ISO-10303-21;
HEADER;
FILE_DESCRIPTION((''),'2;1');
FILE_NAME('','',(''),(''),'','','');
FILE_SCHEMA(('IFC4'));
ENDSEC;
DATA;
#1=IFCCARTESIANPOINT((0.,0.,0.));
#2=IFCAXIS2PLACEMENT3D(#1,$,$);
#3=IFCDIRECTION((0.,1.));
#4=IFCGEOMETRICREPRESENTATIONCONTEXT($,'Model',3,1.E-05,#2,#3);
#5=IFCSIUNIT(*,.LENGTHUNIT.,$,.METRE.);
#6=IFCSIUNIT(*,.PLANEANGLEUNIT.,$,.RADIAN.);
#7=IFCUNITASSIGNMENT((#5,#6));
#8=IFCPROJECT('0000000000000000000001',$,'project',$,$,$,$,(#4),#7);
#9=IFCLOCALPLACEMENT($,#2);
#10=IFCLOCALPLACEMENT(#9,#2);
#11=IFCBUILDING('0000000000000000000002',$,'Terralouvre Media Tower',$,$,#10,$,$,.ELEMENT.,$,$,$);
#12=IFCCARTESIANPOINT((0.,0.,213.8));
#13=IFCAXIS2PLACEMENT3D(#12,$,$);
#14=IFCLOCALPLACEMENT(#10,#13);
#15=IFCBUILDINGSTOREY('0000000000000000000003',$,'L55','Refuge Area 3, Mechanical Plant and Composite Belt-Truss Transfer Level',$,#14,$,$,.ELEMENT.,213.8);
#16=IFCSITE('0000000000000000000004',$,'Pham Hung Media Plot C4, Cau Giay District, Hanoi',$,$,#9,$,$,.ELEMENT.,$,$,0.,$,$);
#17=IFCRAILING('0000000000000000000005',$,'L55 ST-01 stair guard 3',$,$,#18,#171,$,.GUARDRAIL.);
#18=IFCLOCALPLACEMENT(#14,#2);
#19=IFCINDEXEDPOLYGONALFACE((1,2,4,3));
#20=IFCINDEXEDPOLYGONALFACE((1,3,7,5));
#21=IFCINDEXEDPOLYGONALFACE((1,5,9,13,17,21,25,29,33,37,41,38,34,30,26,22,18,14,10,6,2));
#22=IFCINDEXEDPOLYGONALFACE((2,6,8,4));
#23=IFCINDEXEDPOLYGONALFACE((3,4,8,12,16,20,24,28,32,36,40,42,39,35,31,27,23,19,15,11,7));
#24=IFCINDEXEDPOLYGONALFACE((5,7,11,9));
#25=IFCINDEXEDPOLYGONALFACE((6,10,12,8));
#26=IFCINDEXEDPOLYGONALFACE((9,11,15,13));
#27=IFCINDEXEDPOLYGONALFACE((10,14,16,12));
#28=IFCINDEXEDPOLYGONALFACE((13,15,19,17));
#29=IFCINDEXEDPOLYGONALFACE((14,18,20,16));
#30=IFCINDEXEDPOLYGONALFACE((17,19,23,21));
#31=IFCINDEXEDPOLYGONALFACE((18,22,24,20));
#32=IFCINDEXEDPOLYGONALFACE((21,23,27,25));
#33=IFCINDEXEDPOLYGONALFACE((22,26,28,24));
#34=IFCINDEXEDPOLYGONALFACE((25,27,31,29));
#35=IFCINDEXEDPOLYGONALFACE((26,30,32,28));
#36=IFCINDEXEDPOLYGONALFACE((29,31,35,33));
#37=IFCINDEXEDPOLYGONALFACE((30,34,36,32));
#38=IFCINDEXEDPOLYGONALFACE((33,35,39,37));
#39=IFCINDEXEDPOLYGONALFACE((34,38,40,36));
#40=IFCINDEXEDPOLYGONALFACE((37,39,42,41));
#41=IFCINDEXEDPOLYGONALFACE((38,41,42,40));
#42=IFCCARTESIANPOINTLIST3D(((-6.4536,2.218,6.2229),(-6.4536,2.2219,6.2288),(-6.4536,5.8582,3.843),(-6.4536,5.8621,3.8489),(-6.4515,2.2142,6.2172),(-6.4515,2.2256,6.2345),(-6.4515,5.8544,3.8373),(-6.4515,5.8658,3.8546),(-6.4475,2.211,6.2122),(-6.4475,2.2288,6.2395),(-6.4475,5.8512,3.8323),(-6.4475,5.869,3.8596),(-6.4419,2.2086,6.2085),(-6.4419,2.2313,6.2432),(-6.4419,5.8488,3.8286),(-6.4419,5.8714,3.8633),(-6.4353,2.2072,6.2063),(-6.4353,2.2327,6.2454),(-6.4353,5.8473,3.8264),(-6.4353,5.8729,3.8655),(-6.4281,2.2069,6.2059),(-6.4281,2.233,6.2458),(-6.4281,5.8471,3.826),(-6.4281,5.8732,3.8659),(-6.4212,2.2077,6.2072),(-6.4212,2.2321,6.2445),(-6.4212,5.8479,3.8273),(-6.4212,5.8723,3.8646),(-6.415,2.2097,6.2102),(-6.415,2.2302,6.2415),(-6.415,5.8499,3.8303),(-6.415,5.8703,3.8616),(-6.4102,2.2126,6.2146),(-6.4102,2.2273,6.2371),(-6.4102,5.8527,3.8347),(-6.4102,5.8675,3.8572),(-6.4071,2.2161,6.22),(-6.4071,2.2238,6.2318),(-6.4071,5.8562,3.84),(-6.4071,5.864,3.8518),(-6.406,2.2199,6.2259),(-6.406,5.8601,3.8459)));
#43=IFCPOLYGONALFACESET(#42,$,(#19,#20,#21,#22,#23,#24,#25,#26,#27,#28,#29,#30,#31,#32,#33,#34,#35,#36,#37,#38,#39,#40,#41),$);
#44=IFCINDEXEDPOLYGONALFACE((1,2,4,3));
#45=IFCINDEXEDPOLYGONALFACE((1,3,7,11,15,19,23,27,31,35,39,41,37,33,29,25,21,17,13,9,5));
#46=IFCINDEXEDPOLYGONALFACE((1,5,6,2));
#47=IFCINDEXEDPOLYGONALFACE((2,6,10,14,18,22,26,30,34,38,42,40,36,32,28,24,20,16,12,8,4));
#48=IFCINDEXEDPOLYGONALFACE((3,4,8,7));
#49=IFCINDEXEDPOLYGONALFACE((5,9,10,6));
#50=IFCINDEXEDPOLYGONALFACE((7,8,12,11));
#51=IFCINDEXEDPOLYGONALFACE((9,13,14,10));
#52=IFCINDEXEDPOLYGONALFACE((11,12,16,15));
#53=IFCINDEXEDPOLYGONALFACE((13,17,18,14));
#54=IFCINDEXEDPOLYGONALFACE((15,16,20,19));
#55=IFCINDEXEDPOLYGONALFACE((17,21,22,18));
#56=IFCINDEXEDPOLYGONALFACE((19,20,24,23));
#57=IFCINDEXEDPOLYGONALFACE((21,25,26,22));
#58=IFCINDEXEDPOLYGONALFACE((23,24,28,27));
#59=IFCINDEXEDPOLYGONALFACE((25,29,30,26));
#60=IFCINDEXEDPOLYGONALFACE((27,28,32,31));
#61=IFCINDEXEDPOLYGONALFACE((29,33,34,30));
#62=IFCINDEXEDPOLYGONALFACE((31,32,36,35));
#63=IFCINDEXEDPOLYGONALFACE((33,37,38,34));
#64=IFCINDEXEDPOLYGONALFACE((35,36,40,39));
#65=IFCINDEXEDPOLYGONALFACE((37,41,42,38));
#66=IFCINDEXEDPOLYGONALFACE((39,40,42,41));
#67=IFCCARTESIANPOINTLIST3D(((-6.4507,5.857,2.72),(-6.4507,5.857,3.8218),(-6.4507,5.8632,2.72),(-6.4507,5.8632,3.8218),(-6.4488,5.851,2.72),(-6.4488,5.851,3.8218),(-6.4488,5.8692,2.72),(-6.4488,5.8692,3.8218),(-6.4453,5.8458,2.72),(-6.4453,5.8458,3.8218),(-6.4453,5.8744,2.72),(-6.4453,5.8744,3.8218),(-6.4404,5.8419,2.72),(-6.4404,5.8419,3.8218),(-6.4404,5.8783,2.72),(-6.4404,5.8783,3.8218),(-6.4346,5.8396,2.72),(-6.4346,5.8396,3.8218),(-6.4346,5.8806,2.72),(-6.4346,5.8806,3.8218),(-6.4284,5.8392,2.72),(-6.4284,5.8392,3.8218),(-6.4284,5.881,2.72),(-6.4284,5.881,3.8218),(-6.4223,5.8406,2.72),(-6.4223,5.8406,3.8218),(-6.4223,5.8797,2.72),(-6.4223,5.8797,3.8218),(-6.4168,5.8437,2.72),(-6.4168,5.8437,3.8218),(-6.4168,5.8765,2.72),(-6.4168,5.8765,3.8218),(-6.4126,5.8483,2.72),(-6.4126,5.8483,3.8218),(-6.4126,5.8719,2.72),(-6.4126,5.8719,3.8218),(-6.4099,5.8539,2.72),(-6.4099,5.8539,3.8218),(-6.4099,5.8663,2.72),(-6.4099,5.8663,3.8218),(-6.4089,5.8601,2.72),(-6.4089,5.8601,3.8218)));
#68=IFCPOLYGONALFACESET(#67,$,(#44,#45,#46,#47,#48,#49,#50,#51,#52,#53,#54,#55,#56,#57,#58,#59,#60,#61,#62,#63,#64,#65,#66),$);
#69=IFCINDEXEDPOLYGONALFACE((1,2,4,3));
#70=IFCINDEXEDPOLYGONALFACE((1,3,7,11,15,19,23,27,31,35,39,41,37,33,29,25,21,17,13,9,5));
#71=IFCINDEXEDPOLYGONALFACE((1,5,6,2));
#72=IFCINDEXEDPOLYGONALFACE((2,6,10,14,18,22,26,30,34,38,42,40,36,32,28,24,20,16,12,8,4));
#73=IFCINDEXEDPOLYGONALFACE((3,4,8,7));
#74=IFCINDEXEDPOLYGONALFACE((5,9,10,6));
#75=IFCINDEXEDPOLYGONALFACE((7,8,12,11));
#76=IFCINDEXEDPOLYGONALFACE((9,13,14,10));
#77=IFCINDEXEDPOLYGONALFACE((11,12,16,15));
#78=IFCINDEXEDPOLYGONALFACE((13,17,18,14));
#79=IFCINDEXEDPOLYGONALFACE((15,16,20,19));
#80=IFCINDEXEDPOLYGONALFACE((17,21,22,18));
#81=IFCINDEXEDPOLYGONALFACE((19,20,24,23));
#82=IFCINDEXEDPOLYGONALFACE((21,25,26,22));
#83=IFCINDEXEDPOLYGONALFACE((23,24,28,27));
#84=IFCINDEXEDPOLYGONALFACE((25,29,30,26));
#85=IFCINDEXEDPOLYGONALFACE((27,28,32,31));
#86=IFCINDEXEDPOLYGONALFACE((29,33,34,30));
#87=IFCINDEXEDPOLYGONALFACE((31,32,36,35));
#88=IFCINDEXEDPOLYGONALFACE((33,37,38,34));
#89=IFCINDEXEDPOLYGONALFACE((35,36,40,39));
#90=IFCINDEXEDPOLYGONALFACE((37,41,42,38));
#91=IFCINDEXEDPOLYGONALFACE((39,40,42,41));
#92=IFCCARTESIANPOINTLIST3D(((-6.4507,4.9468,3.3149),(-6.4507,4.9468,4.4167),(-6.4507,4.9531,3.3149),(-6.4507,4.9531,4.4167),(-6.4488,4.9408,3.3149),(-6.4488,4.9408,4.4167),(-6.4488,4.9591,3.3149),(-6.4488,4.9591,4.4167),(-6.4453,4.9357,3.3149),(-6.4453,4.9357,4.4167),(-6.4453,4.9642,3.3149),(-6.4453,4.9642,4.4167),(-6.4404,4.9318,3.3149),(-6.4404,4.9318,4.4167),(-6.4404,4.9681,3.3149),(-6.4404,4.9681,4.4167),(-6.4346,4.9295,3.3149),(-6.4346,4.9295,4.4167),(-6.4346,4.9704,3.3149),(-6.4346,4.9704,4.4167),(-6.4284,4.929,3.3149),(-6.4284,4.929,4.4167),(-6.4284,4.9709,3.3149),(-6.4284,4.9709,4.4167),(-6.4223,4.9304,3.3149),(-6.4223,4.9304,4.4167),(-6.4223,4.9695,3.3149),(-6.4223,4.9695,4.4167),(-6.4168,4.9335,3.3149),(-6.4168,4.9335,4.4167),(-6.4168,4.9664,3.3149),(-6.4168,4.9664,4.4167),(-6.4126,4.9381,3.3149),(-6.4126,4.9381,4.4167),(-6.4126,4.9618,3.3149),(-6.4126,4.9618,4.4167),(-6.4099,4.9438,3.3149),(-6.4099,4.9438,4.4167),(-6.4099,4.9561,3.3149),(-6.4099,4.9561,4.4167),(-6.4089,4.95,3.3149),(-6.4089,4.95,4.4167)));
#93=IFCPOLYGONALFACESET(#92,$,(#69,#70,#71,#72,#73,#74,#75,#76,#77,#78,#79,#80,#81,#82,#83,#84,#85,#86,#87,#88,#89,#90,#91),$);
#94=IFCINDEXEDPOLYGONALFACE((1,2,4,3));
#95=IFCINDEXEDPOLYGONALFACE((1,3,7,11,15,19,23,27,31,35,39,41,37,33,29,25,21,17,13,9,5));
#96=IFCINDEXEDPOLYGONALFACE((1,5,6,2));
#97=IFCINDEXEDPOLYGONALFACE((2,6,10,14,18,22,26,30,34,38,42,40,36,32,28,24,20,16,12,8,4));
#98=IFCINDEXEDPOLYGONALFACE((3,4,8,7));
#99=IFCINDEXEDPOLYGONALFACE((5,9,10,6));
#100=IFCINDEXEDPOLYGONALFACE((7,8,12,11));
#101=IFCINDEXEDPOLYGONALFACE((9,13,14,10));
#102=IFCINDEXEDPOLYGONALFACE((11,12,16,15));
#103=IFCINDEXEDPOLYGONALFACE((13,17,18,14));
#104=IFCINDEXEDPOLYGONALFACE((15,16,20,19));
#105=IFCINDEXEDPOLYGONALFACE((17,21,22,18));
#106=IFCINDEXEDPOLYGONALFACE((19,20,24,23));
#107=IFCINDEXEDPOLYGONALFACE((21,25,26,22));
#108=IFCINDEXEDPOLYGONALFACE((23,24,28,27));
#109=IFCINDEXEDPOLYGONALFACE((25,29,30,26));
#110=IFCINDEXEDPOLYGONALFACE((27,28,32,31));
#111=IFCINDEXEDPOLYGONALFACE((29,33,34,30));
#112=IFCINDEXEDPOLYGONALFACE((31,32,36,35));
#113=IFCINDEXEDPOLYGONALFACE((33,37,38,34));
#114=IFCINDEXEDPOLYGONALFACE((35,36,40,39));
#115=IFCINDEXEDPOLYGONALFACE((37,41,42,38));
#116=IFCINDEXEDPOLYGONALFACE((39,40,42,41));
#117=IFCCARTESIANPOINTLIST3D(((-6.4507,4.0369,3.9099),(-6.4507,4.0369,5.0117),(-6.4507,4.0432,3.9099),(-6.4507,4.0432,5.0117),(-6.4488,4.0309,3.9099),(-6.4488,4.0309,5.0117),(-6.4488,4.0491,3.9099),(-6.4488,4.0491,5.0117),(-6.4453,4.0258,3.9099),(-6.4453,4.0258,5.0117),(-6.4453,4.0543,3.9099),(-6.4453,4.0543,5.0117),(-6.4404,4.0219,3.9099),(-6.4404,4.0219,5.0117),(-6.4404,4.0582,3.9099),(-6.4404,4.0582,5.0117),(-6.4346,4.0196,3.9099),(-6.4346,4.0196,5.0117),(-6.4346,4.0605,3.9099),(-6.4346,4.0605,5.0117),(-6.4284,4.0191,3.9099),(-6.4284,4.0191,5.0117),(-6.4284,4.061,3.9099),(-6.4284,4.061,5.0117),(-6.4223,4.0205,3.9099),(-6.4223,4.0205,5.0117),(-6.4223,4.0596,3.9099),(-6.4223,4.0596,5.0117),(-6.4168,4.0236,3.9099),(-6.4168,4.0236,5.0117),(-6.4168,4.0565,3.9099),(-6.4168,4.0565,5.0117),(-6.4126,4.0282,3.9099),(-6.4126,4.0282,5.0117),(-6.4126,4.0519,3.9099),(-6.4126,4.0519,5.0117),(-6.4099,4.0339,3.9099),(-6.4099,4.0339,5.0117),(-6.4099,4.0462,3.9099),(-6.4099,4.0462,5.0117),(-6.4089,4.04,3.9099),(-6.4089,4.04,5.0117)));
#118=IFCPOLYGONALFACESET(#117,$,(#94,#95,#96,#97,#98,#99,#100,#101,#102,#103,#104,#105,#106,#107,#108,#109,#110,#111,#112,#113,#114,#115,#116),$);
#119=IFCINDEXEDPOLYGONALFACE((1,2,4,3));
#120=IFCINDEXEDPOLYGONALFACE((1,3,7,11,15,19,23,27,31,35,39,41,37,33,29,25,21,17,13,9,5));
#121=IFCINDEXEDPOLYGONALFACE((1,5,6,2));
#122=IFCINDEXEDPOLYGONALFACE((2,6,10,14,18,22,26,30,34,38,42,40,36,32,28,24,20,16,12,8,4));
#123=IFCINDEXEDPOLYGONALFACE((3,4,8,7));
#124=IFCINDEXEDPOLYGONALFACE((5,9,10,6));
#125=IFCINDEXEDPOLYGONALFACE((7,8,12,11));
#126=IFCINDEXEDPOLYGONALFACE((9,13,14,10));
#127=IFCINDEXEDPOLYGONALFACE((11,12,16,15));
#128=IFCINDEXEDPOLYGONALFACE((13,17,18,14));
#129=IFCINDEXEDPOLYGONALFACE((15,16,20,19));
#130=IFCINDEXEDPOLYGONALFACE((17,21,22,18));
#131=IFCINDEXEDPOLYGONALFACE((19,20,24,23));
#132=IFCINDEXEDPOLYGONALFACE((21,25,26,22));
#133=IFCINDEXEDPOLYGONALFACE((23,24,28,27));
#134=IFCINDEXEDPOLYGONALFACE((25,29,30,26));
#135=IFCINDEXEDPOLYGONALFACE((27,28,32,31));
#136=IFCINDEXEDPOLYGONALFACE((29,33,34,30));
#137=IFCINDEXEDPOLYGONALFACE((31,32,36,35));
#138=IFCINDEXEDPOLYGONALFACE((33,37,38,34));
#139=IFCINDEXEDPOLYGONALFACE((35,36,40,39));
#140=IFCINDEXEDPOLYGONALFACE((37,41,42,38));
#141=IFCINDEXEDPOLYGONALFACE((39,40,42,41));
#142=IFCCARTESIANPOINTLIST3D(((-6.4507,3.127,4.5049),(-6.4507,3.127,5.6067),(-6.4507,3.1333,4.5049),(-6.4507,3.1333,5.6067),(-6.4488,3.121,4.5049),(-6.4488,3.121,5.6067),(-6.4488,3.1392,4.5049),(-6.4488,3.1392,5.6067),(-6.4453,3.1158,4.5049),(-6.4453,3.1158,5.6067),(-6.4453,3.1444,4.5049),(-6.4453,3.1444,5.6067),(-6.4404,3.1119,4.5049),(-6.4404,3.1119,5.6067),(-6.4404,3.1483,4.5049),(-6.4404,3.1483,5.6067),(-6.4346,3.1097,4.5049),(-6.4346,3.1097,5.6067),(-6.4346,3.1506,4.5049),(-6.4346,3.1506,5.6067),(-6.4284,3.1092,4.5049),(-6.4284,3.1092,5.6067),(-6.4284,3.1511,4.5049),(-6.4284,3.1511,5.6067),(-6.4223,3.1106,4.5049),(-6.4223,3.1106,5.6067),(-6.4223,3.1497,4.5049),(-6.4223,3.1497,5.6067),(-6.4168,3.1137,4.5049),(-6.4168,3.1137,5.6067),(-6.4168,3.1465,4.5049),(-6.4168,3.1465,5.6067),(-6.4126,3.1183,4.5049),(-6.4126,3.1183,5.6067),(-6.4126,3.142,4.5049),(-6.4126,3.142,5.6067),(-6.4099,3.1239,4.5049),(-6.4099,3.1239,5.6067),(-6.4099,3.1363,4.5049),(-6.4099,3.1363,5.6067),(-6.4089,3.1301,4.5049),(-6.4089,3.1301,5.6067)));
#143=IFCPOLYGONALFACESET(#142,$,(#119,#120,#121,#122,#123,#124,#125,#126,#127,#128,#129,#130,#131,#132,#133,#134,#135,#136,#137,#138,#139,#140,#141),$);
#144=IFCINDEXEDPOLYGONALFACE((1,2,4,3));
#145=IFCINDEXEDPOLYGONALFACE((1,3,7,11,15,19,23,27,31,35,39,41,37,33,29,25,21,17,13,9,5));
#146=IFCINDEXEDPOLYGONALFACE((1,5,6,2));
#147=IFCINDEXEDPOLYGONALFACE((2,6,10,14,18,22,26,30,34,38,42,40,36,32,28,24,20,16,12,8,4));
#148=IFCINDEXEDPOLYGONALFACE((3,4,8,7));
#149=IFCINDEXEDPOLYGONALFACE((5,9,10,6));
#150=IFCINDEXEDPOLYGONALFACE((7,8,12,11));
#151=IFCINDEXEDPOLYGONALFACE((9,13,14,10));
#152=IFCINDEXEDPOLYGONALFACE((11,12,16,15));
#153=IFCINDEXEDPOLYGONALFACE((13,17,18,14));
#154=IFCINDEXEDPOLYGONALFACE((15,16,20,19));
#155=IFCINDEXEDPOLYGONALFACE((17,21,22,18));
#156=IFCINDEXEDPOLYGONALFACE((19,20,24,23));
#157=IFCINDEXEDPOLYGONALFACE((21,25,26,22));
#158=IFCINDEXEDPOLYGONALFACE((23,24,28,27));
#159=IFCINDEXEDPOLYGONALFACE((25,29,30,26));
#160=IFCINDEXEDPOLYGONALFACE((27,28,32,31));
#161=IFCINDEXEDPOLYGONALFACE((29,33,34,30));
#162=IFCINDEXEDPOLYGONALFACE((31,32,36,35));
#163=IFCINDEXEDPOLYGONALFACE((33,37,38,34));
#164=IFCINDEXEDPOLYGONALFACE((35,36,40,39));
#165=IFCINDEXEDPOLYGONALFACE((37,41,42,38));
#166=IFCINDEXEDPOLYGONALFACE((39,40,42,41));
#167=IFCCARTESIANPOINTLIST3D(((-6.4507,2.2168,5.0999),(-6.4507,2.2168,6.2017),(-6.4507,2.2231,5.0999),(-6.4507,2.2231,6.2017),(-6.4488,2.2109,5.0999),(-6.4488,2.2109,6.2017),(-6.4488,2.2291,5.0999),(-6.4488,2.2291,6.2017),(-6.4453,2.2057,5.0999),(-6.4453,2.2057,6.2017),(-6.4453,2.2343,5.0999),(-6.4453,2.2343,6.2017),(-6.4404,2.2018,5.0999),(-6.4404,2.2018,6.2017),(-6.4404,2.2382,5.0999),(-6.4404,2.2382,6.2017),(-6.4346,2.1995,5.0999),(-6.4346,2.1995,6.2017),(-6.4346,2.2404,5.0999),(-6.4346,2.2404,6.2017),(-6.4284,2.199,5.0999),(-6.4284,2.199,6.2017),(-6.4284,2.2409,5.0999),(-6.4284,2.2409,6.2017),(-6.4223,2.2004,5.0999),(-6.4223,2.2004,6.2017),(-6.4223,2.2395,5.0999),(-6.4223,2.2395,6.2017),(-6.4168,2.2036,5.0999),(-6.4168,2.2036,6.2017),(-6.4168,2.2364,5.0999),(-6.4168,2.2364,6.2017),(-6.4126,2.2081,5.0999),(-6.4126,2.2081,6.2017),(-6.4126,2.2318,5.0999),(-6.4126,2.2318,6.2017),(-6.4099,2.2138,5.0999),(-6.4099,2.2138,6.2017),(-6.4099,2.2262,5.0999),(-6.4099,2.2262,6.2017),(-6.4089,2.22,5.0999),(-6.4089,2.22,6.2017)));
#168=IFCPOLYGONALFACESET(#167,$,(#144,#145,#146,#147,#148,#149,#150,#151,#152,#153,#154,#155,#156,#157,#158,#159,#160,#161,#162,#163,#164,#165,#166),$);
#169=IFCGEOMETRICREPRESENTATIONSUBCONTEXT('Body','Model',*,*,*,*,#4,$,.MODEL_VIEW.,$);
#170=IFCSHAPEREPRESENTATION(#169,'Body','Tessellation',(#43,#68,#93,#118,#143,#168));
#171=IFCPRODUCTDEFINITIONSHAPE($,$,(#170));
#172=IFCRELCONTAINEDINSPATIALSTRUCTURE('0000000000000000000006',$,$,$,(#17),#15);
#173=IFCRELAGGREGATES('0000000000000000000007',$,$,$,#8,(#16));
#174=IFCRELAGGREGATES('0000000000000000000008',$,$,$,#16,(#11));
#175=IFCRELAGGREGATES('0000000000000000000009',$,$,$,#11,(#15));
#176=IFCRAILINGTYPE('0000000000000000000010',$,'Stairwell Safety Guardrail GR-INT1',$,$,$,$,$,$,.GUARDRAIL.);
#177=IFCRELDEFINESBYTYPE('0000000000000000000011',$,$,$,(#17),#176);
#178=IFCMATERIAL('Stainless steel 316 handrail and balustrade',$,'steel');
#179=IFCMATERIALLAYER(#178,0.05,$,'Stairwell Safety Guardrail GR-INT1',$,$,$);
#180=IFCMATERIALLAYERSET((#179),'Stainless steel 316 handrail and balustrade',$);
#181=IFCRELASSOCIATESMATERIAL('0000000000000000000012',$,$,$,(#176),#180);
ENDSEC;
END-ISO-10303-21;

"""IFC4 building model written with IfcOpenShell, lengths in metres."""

from ifc_helpers import new_model, si_unit, direction, frame, origin, origin_2d, place, context, subcontext, project, spatial, circle, extrude, material, layer, layer_set, type_object, element, save


model = new_model("IFC4")

# Units and contexts
model_context = context("Model", 3, precision=1e-05, world=origin(), true_north=direction((0.0, 1.0)))
body_context = subcontext(model_context, "Body", "Model", "MODEL_VIEW")
ifc_project = project(units=[si_unit("LENGTHUNIT", "METRE"), si_unit("PLANEANGLEUNIT", "RADIAN")], contexts=[model_context])

# Site, building, storey
site_placement = place(None, origin())
site = spatial("IfcSite", under=ifc_project, at=site_placement, Name="Pham Hung Media Plot C4, Cau Giay District, Hanoi", CompositionType="ELEMENT", RefElevation=0.0)
building_placement = place(site_placement, origin())
building = spatial("IfcBuilding", under=site, at=building_placement, Name="Terralouvre Media Tower", CompositionType="ELEMENT")
storey_placement = place(building_placement, frame((0.0, 0.0, 213.8)))
storey = spatial("IfcBuildingStorey", under=building, at=storey_placement, Name="L55", Description="Refuge Area 3, Mechanical Plant and Composite Belt-Truss Transfer Level", CompositionType="ELEMENT", Elevation=213.8)

# Railing
ifc_material_1 = material(Name="Stainless steel 316 handrail and balustrade", Category="steel")
ifc_layer_1 = layer(ifc_material_1, 0.05, Name="Stairwell Safety Guardrail GR-INT1")
ifc_layer_set_1 = layer_set([ifc_layer_1], Name="Stainless steel 316 handrail and balustrade")
railing_type_1 = type_object("IfcRailingType", Name="Stairwell Safety Guardrail GR-INT1", PredefinedType="GUARDRAIL", material=ifc_layer_set_1)
railing_1_placement = place(storey_placement, frame((-6.4299, 5.8601, 2.72)))
element("IfcRailing", 1, at=railing_1_placement, inside=storey, type_object=railing_type_1, Name="L55 ST-01 stair guard 3", PredefinedType="GUARDRAIL", context=body_context, shape_type="SweptSolid", body=[
    extrude(circle(Radius=0.0239, at=origin_2d()), frame((0.0, 0.0, 1.126), z_axis=(0.0, -0.836991, 0.547216), x_axis=(1.0, 0.0, 0.0)), (0.0, 0.0, 1.0), 4.3491),
    extrude(circle(Radius=0.021, at=origin_2d()), origin(), (0.0, 0.0, 1.0), 1.1018),
    extrude(circle(Radius=0.021, at=origin_2d()), frame((0.0, -0.9102, 0.595)), (0.0, 0.0, 1.0), 1.1018),
    extrude(circle(Radius=0.021, at=origin_2d()), frame((0.0, -1.8201, 1.1899)), (0.0, 0.0, 1.0), 1.1018),
    extrude(circle(Radius=0.021, at=origin_2d()), frame((0.0, -2.73, 1.7849)), (0.0, 0.0, 1.0), 1.1018),
    extrude(circle(Radius=0.021, at=origin_2d()), frame((0.0, -3.6401, 2.3799)), (0.0, 0.0, 1.0), 1.1018),
])

save(model, "model.ifc")
